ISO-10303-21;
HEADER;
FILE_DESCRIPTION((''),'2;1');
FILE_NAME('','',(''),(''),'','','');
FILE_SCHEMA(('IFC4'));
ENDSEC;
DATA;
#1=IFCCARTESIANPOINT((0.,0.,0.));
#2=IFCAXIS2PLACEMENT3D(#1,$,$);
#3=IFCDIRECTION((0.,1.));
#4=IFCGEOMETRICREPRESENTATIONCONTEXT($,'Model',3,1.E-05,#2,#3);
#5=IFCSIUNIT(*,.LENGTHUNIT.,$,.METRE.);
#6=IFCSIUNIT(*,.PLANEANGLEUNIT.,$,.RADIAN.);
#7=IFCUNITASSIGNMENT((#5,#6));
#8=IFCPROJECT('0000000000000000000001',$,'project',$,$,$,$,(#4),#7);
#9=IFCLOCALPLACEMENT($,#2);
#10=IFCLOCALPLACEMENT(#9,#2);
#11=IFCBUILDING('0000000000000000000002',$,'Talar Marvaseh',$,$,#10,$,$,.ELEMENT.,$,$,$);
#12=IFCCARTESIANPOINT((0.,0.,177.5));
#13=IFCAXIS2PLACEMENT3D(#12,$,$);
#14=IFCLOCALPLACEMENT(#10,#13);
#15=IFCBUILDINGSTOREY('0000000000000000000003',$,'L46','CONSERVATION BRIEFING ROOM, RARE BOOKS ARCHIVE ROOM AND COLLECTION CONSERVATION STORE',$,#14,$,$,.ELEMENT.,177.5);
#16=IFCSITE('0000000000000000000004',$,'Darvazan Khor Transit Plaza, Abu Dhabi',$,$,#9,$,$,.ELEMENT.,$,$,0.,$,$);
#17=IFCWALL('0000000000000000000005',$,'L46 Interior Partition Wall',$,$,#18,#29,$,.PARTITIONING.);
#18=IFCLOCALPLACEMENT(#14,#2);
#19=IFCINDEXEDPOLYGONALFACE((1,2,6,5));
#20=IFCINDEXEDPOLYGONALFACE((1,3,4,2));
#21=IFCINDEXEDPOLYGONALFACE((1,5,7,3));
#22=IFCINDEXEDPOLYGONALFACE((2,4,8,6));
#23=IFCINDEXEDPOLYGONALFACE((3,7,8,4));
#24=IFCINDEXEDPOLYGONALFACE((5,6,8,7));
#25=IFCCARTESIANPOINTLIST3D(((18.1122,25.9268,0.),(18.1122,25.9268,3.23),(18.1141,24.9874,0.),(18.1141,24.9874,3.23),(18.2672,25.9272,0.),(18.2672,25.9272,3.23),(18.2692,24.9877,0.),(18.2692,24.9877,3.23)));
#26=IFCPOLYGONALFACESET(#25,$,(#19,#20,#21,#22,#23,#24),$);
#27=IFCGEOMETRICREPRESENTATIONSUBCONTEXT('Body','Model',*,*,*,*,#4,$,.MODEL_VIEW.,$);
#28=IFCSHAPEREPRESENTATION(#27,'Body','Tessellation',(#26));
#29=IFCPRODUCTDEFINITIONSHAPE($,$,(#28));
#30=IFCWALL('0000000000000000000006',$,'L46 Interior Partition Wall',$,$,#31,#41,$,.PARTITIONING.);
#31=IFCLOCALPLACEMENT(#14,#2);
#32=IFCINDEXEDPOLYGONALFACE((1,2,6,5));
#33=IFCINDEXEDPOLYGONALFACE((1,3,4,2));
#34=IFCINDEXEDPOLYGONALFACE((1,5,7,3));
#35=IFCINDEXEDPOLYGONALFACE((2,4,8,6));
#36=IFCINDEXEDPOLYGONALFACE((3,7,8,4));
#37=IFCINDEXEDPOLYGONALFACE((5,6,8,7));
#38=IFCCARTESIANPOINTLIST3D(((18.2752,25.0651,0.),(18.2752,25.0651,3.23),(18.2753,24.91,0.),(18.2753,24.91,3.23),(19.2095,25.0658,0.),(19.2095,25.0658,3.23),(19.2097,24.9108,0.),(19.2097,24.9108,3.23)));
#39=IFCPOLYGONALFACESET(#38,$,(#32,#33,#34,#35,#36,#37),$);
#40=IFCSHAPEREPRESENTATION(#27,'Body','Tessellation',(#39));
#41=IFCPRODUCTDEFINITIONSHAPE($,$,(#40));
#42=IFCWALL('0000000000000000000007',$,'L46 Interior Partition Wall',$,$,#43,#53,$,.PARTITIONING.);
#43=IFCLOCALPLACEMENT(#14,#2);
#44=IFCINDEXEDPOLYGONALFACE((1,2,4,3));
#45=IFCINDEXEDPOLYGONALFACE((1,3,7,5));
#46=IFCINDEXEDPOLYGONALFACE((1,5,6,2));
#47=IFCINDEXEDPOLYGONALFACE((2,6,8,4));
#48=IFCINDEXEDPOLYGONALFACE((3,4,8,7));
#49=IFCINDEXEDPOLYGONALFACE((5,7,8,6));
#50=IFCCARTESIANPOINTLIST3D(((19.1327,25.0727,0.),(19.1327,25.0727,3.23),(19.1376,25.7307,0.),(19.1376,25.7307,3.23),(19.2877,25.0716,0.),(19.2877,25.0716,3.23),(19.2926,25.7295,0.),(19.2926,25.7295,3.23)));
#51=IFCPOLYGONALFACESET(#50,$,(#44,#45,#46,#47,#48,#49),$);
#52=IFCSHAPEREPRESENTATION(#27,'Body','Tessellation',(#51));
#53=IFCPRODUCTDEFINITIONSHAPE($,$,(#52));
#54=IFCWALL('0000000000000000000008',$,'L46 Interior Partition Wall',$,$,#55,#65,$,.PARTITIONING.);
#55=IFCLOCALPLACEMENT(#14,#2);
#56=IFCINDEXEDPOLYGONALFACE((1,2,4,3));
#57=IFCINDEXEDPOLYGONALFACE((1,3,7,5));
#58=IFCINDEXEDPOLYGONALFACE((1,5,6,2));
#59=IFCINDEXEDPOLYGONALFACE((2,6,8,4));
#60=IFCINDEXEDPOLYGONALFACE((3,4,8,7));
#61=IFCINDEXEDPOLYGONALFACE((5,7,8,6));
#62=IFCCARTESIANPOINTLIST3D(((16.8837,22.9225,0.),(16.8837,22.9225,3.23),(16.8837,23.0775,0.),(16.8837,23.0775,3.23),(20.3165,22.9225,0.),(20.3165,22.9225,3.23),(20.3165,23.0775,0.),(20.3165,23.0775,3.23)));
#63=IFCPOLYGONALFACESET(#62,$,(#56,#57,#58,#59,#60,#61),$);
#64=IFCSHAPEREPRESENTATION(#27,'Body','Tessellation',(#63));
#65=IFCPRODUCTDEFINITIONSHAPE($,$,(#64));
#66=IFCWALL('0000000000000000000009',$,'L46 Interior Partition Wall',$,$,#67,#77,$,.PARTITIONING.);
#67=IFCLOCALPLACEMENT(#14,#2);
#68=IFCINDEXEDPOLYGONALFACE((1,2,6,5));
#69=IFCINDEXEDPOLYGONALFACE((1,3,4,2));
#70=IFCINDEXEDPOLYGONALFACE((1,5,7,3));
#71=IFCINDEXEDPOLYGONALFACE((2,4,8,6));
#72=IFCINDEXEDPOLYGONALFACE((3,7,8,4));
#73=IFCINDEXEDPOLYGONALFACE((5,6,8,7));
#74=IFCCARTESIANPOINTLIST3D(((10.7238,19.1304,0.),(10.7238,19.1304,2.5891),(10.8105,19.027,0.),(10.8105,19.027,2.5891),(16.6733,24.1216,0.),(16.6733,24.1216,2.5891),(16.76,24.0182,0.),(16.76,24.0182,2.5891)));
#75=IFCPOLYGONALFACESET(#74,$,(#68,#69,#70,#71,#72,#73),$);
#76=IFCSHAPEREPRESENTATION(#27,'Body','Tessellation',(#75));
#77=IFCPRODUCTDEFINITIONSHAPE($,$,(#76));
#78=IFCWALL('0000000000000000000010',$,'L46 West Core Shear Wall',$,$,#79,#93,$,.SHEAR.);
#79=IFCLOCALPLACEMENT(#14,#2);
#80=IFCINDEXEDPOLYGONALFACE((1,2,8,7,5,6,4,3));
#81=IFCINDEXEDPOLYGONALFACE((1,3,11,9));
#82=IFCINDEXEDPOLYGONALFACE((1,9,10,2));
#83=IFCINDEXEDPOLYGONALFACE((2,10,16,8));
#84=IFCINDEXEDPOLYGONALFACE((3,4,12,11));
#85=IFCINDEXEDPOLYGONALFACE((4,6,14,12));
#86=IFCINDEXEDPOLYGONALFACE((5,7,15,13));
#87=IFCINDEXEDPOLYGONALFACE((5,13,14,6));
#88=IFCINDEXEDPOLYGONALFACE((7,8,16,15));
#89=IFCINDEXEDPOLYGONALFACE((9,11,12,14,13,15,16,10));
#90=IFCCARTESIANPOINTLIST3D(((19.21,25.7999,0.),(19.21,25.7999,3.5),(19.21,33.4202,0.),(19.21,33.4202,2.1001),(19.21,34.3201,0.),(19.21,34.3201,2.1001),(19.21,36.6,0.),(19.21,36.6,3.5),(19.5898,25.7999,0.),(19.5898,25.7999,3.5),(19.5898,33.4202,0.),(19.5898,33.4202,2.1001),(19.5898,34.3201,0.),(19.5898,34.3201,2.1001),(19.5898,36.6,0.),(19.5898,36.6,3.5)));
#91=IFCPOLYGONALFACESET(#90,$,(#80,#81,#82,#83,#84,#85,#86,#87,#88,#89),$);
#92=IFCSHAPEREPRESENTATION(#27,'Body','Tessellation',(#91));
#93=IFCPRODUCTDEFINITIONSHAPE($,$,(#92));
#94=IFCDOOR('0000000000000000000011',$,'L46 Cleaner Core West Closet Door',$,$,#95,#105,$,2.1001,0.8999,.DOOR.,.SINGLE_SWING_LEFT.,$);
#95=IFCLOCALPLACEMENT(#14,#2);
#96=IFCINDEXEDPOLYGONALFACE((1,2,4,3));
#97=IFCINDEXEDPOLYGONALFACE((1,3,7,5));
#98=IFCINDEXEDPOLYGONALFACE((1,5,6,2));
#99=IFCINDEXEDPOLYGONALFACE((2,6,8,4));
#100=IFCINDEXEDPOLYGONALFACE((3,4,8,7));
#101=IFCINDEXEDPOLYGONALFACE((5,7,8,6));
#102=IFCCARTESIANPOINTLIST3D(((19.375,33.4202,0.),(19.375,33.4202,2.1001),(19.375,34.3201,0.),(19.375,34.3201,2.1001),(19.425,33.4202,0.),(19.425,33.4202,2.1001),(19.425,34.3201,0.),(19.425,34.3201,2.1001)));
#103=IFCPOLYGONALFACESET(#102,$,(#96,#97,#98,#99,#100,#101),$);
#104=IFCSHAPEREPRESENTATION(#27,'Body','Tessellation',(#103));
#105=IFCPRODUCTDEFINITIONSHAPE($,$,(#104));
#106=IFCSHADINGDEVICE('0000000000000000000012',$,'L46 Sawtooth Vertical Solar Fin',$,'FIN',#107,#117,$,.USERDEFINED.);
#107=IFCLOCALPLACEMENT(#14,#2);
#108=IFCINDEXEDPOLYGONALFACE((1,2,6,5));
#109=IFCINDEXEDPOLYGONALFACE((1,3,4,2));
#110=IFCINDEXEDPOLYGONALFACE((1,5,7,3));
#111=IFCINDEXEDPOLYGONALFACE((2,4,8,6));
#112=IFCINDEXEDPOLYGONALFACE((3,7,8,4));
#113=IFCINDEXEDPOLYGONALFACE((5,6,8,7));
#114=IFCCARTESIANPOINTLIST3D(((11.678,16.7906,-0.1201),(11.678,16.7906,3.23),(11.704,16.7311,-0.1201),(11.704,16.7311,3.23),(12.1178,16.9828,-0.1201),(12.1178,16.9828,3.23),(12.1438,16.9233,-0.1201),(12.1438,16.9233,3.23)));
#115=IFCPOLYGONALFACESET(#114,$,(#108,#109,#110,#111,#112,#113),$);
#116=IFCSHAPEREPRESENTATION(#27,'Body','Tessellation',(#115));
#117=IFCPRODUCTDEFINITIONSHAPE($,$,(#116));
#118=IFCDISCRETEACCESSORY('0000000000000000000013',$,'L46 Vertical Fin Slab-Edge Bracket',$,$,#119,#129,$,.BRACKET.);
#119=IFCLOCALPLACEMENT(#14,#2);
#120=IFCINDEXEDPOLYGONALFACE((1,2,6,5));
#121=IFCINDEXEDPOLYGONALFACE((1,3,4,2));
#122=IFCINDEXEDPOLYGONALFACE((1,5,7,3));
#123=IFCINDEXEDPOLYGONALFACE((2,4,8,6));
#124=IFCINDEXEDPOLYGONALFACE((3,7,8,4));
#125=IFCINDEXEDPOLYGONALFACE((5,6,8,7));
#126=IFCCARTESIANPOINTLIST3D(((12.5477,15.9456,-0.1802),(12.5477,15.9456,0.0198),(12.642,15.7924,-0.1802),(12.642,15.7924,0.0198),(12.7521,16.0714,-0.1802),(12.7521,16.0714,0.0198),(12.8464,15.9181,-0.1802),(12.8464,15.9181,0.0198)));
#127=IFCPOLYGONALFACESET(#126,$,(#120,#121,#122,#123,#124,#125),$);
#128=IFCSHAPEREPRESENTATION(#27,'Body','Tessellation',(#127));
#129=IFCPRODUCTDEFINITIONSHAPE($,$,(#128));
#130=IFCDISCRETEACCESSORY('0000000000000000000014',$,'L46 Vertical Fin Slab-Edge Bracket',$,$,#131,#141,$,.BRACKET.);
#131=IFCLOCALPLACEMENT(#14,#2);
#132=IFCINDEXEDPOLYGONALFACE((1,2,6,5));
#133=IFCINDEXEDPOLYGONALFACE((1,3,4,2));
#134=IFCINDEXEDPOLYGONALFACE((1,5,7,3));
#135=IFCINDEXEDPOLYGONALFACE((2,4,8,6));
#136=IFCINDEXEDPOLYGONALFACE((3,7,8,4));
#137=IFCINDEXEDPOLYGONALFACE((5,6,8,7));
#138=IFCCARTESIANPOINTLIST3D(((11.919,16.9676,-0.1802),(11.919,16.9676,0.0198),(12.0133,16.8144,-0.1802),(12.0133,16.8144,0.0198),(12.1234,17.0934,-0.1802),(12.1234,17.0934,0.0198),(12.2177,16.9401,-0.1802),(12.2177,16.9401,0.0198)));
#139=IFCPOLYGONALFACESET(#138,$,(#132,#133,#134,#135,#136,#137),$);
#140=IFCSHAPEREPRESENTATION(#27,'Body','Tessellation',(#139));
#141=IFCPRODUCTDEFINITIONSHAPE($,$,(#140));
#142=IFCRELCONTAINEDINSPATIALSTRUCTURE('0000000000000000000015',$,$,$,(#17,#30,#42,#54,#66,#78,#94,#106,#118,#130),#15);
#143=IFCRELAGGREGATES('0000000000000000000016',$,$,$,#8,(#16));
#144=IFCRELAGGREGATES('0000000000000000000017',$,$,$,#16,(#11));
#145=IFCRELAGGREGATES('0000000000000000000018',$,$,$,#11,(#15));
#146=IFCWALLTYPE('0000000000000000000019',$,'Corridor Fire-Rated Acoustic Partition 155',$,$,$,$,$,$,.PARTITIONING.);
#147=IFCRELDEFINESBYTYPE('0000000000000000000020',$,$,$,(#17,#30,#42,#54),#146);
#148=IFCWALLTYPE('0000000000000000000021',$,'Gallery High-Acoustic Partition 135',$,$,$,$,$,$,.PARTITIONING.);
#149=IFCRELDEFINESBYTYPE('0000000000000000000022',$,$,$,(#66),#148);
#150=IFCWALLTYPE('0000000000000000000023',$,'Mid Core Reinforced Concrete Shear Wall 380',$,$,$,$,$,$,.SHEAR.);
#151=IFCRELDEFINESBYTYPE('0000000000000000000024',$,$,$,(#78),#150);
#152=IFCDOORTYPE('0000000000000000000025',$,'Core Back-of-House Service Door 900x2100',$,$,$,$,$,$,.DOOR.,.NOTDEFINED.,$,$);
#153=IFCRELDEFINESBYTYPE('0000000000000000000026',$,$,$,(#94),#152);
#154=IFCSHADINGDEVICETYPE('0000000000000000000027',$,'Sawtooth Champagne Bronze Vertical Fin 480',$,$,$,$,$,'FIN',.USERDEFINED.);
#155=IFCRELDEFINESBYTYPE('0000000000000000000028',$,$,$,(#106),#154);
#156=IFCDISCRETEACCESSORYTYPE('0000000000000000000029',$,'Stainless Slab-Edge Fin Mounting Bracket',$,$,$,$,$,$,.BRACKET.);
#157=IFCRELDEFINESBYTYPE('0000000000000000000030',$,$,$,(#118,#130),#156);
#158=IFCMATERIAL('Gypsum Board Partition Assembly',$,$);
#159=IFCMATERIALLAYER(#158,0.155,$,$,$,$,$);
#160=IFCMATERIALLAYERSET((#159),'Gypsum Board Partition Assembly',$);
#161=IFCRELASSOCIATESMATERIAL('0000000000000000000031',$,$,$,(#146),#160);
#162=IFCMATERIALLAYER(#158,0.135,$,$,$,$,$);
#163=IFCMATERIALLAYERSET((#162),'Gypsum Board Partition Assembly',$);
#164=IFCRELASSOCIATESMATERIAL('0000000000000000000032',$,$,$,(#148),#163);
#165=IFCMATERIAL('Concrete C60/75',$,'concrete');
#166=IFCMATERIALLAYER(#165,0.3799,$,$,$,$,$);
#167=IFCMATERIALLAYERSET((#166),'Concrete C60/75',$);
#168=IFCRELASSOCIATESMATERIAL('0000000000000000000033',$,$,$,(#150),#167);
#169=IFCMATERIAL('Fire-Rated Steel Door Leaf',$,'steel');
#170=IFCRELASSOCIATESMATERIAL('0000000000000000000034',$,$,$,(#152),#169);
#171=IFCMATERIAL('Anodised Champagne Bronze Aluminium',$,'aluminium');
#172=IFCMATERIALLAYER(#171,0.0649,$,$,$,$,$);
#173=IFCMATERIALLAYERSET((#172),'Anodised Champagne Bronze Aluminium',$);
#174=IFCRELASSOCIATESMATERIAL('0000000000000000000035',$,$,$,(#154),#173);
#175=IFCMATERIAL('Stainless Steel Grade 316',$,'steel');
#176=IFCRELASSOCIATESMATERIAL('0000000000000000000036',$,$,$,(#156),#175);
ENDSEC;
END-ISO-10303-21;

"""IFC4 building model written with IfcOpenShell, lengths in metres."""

from ifc_helpers import new_model, si_unit, direction, frame, frame_2d, origin, origin_2d, place, context, subcontext, project, spatial, rectangle, extrude, source, transform, mapped, material, layer, layer_set, type_object, type_shapes, element, fill, save


model = new_model("IFC4")

# Units and contexts
model_context = context("Model", 3, precision=1e-05, world=origin(), true_north=direction((0.0, 1.0)))
body_context = subcontext(model_context, "Body", "Model", "MODEL_VIEW")
ifc_project = project(units=[si_unit("LENGTHUNIT", "METRE"), si_unit("PLANEANGLEUNIT", "RADIAN")], contexts=[model_context])

# Site, building, storey
site_placement = place(None, origin())
site = spatial("IfcSite", under=ifc_project, at=site_placement, Name="Darvazan Khor Transit Plaza, Abu Dhabi", CompositionType="ELEMENT", RefElevation=0.0)
building_placement = place(site_placement, origin())
building = spatial("IfcBuilding", under=site, at=building_placement, Name="Talar Marvaseh", CompositionType="ELEMENT")
storey_placement = place(building_placement, frame((0.0, 0.0, 177.5)))
storey = spatial("IfcBuildingStorey", under=building, at=storey_placement, Name="L46", Description="CONSERVATION BRIEFING ROOM, RARE BOOKS ARCHIVE ROOM AND COLLECTION CONSERVATION STORE", CompositionType="ELEMENT", Elevation=177.5)

# Shared definitions
ifc_material_1 = material(Name="Concrete C60/75", Category="concrete")

# Shared definitions
ifc_material_2 = material(Name="Gypsum Board Partition Assembly")
ifc_layer_1 = layer(ifc_material_2, 0.155)
ifc_layer_set_1 = layer_set([ifc_layer_1], Name="Gypsum Board Partition Assembly")
wall_type_1 = type_object("IfcWallType", Name="Corridor Fire-Rated Acoustic Partition 155", PredefinedType="PARTITIONING", material=ifc_layer_set_1)

# Walls
wall_1_placement = place(storey_placement, frame((18.1897, 25.927, 0.0), z_axis=(0.0, 0.0, 1.0), x_axis=(0.002079, -0.999998, 0.0)))
element("IfcWall", 1, at=wall_1_placement, inside=storey, type_object=wall_type_1, Name="L46 Interior Partition Wall", PredefinedType="PARTITIONING", context=body_context, shape_type="SweptSolid", body=[
    extrude(rectangle(XDim=0.9395, YDim=0.155, at=frame_2d((0.4697, 0.0))), origin(), (0.0, 0.0, 1.0), 3.23),
])
wall_2_placement = place(storey_placement, frame((18.2751, 24.9875, 0.0), z_axis=(0.0, 0.0, 1.0), x_axis=(1.0, 0.000784, 0.0)))
element("IfcWall", 2, at=wall_2_placement, inside=storey, type_object=wall_type_1, Name="L46 Interior Partition Wall", PredefinedType="PARTITIONING", context=body_context, shape_type="SweptSolid", body=[
    extrude(rectangle(XDim=0.9343, YDim=0.155, at=frame_2d((0.4673, 0.0))), origin(), (0.0, 0.0, 1.0), 3.23),
])
wall_3_placement = place(storey_placement, frame((19.2102, 25.072, 0.0), z_axis=(0.0, 0.0, 1.0), x_axis=(0.007421, 0.999972, 0.0)))
element("IfcWall", 3, at=wall_3_placement, inside=storey, type_object=wall_type_1, Name="L46 Interior Partition Wall", PredefinedType="PARTITIONING", context=body_context, shape_type="SweptSolid", body=[
    extrude(rectangle(XDim=0.658, YDim=0.155, at=frame_2d((0.3291, 0.0))), origin(), (0.0, 0.0, 1.0), 3.23),
])
wall_4_placement = place(storey_placement, frame((20.3164, 23.0, 0.0), z_axis=(0.0, 0.0, 1.0), x_axis=(-1.0, 0.0, 0.0)))
element("IfcWall", 4, at=wall_4_placement, inside=storey, type_object=wall_type_1, Name="L46 Interior Partition Wall", PredefinedType="PARTITIONING", context=body_context, shape_type="SweptSolid", body=[
    extrude(rectangle(XDim=3.4329, YDim=0.155, at=frame_2d((1.7163, 0.0))), origin(), (0.0, 0.0, 1.0), 3.23),
])
ifc_layer_2 = layer(ifc_material_2, 0.135)
ifc_layer_set_2 = layer_set([ifc_layer_2], Name="Gypsum Board Partition Assembly")
wall_type_2 = type_object("IfcWallType", Name="Gallery High-Acoustic Partition 135", PredefinedType="PARTITIONING", material=ifc_layer_set_2)
wall_5_placement = place(storey_placement, frame((16.7166, 24.0698, 0.0), z_axis=(0.0, 0.0, 1.0), x_axis=(-0.766107, -0.642713, 0.0)))
element("IfcWall", 5, at=wall_5_placement, inside=storey, type_object=wall_type_2, Name="L46 Interior Partition Wall", PredefinedType="PARTITIONING", context=body_context, shape_type="SweptSolid", body=[
    extrude(rectangle(XDim=7.7659, YDim=0.135, at=frame_2d((3.8828, 0.0))), origin(), (0.0, 0.0, 1.0), 2.5891),
])

# Wall, opening, door
ifc_layer_3 = layer(ifc_material_1, 0.3799)
ifc_layer_set_3 = layer_set([ifc_layer_3], Name="Concrete C60/75")
wall_type_3 = type_object("IfcWallType", Name="Mid Core Reinforced Concrete Shear Wall 380", PredefinedType="SHEAR", material=ifc_layer_set_3)
wall_6_placement = place(storey_placement, frame((19.3999, 25.8, 0.0), z_axis=(0.0, 0.0, 1.0), x_axis=(0.0, 1.0, 0.0)))
wall_6 = element("IfcWall", 6, at=wall_6_placement, inside=storey, type_object=wall_type_3, Name="L46 West Core Shear Wall", PredefinedType="SHEAR", context=body_context, shape_type="SweptSolid", body=[
    extrude(rectangle(XDim=10.8, YDim=0.3799, at=frame_2d((5.3999, 0.0))), origin(), (0.0, 0.0, 1.0), 3.5),
])
opening_1_placement = place(wall_6_placement, frame((7.6201, 0.0, 0.0)))
opening_1 = element("IfcOpeningElement", 7, at=opening_1_placement, cuts=wall_6, PredefinedType="OPENING", context=body_context, shape_type="SweptSolid", body=[
    extrude(rectangle(XDim=0.8999, YDim=2.1001, at=frame_2d((0.45, 1.05))), frame((0.0, 0.2, 0.0), z_axis=(0.0, -1.0, 0.0), x_axis=(1.0, 0.0, 0.0)), (0.0, 0.0, 1.0), 0.3999),
])
ifc_material_3 = material(Name="Fire-Rated Steel Door Leaf", Category="steel")
door_type_1 = type_object("IfcDoorType", Name="Core Back-of-House Service Door 900x2100", OperationType="NOTDEFINED", PredefinedType="DOOR", material=ifc_material_3)
shared_shape_1 = source(origin(), body_context, "Body", "SweptSolid", [
    extrude(rectangle(XDim=0.8999, YDim=2.1001, at=frame_2d((0.45, 1.05))), frame((0.0, 0.0249, 0.0), z_axis=(0.0, -1.0, 0.0), x_axis=(1.0, 0.0, 0.0)), (0.0, 0.0, 1.0), 0.05),
])
type_shapes(door_type_1, [shared_shape_1])
door_1_placement = place(opening_1_placement, origin())
door_1 = element("IfcDoor", 8, at=door_1_placement, inside=storey, type_object=door_type_1, Name="L46 Cleaner Core West Closet Door", OperationType="SINGLE_SWING_LEFT", OverallHeight=2.1001, OverallWidth=0.8999, PredefinedType="DOOR", context=body_context, shape_type="MappedRepresentation", body=[
    mapped(shared_shape_1, transform((0.0, 0.0, 0.0), x_axis=(1.0, 0.0, 0.0), y_axis=(0.0, 1.0, 0.0), z_axis=(0.0, 0.0, 1.0), scale=1.0)),
])
fill(opening_1, door_1)

# Shading device
ifc_material_4 = material(Name="Anodised Champagne Bronze Aluminium", Category="aluminium")
ifc_layer_4 = layer(ifc_material_4, 0.0649)
ifc_layer_set_4 = layer_set([ifc_layer_4], Name="Anodised Champagne Bronze Aluminium")
shading_device_type = type_object("IfcShadingDeviceType", Name="Sawtooth Champagne Bronze Vertical Fin 480", ElementType="FIN", PredefinedType="USERDEFINED", material=ifc_layer_set_4)
shared_shape_2 = source(origin(), body_context, "Body", "SweptSolid", [
    extrude(rectangle(XDim=0.48, YDim=0.0649, at=origin_2d()), origin(), (0.0, 0.0, 1.0), 3.3501),
])
type_shapes(shading_device_type, [shared_shape_2])
shading_device_placement = place(storey_placement, frame((11.9109, 16.8569, -0.1201), z_axis=(0.0, 0.0, 1.0), x_axis=(-0.916363, -0.400349, 0.0)))
element("IfcShadingDevice", 9, at=shading_device_placement, inside=storey, type_object=shading_device_type, Name="L46 Sawtooth Vertical Solar Fin", ObjectType="FIN", PredefinedType="USERDEFINED", context=body_context, shape_type="MappedRepresentation", body=[
    mapped(shared_shape_2, transform((0.0, 0.0, 0.0), x_axis=(1.0, 0.0, 0.0), y_axis=(0.0, 1.0, 0.0), z_axis=(0.0, 0.0, 1.0), scale=1.0)),
])

# Discrete accessories
ifc_material_5 = material(Name="Stainless Steel Grade 316", Category="steel")
discrete_accessory_type = type_object("IfcDiscreteAccessoryType", Name="Stainless Slab-Edge Fin Mounting Bracket", PredefinedType="BRACKET", material=ifc_material_5)
shared_shape_3 = source(origin(), body_context, "Body", "SweptSolid", [
    extrude(rectangle(XDim=0.24, YDim=0.1799, at=origin_2d()), origin(), (0.0, 0.0, 1.0), 0.2),
])
type_shapes(discrete_accessory_type, [shared_shape_3])
for number, where, z_axis, x_axis, name in (
    (10, (12.697, 15.9319, -0.1802), (0.0, 0.0, 1.0), (-0.851727, -0.523986, 0.0), "L46 Vertical Fin Slab-Edge Bracket"),
    (11, (12.0684, 16.9539, -0.1802), (0.0, 0.0, 1.0), (-0.851727, -0.523986, 0.0), "L46 Vertical Fin Slab-Edge Bracket"),
):
    element("IfcDiscreteAccessory", number, at=place(storey_placement, frame(where, z_axis=z_axis, x_axis=x_axis)), inside=storey, type_object=discrete_accessory_type, Name=name, PredefinedType="BRACKET", context=body_context, shape_type="MappedRepresentation", body=[
        mapped(shared_shape_3, transform((0.0, 0.0, 0.0), x_axis=(1.0, 0.0, 0.0), y_axis=(0.0, 1.0, 0.0), z_axis=(0.0, 0.0, 1.0), scale=1.0)),
    ])

save(model, "model.ifc")
